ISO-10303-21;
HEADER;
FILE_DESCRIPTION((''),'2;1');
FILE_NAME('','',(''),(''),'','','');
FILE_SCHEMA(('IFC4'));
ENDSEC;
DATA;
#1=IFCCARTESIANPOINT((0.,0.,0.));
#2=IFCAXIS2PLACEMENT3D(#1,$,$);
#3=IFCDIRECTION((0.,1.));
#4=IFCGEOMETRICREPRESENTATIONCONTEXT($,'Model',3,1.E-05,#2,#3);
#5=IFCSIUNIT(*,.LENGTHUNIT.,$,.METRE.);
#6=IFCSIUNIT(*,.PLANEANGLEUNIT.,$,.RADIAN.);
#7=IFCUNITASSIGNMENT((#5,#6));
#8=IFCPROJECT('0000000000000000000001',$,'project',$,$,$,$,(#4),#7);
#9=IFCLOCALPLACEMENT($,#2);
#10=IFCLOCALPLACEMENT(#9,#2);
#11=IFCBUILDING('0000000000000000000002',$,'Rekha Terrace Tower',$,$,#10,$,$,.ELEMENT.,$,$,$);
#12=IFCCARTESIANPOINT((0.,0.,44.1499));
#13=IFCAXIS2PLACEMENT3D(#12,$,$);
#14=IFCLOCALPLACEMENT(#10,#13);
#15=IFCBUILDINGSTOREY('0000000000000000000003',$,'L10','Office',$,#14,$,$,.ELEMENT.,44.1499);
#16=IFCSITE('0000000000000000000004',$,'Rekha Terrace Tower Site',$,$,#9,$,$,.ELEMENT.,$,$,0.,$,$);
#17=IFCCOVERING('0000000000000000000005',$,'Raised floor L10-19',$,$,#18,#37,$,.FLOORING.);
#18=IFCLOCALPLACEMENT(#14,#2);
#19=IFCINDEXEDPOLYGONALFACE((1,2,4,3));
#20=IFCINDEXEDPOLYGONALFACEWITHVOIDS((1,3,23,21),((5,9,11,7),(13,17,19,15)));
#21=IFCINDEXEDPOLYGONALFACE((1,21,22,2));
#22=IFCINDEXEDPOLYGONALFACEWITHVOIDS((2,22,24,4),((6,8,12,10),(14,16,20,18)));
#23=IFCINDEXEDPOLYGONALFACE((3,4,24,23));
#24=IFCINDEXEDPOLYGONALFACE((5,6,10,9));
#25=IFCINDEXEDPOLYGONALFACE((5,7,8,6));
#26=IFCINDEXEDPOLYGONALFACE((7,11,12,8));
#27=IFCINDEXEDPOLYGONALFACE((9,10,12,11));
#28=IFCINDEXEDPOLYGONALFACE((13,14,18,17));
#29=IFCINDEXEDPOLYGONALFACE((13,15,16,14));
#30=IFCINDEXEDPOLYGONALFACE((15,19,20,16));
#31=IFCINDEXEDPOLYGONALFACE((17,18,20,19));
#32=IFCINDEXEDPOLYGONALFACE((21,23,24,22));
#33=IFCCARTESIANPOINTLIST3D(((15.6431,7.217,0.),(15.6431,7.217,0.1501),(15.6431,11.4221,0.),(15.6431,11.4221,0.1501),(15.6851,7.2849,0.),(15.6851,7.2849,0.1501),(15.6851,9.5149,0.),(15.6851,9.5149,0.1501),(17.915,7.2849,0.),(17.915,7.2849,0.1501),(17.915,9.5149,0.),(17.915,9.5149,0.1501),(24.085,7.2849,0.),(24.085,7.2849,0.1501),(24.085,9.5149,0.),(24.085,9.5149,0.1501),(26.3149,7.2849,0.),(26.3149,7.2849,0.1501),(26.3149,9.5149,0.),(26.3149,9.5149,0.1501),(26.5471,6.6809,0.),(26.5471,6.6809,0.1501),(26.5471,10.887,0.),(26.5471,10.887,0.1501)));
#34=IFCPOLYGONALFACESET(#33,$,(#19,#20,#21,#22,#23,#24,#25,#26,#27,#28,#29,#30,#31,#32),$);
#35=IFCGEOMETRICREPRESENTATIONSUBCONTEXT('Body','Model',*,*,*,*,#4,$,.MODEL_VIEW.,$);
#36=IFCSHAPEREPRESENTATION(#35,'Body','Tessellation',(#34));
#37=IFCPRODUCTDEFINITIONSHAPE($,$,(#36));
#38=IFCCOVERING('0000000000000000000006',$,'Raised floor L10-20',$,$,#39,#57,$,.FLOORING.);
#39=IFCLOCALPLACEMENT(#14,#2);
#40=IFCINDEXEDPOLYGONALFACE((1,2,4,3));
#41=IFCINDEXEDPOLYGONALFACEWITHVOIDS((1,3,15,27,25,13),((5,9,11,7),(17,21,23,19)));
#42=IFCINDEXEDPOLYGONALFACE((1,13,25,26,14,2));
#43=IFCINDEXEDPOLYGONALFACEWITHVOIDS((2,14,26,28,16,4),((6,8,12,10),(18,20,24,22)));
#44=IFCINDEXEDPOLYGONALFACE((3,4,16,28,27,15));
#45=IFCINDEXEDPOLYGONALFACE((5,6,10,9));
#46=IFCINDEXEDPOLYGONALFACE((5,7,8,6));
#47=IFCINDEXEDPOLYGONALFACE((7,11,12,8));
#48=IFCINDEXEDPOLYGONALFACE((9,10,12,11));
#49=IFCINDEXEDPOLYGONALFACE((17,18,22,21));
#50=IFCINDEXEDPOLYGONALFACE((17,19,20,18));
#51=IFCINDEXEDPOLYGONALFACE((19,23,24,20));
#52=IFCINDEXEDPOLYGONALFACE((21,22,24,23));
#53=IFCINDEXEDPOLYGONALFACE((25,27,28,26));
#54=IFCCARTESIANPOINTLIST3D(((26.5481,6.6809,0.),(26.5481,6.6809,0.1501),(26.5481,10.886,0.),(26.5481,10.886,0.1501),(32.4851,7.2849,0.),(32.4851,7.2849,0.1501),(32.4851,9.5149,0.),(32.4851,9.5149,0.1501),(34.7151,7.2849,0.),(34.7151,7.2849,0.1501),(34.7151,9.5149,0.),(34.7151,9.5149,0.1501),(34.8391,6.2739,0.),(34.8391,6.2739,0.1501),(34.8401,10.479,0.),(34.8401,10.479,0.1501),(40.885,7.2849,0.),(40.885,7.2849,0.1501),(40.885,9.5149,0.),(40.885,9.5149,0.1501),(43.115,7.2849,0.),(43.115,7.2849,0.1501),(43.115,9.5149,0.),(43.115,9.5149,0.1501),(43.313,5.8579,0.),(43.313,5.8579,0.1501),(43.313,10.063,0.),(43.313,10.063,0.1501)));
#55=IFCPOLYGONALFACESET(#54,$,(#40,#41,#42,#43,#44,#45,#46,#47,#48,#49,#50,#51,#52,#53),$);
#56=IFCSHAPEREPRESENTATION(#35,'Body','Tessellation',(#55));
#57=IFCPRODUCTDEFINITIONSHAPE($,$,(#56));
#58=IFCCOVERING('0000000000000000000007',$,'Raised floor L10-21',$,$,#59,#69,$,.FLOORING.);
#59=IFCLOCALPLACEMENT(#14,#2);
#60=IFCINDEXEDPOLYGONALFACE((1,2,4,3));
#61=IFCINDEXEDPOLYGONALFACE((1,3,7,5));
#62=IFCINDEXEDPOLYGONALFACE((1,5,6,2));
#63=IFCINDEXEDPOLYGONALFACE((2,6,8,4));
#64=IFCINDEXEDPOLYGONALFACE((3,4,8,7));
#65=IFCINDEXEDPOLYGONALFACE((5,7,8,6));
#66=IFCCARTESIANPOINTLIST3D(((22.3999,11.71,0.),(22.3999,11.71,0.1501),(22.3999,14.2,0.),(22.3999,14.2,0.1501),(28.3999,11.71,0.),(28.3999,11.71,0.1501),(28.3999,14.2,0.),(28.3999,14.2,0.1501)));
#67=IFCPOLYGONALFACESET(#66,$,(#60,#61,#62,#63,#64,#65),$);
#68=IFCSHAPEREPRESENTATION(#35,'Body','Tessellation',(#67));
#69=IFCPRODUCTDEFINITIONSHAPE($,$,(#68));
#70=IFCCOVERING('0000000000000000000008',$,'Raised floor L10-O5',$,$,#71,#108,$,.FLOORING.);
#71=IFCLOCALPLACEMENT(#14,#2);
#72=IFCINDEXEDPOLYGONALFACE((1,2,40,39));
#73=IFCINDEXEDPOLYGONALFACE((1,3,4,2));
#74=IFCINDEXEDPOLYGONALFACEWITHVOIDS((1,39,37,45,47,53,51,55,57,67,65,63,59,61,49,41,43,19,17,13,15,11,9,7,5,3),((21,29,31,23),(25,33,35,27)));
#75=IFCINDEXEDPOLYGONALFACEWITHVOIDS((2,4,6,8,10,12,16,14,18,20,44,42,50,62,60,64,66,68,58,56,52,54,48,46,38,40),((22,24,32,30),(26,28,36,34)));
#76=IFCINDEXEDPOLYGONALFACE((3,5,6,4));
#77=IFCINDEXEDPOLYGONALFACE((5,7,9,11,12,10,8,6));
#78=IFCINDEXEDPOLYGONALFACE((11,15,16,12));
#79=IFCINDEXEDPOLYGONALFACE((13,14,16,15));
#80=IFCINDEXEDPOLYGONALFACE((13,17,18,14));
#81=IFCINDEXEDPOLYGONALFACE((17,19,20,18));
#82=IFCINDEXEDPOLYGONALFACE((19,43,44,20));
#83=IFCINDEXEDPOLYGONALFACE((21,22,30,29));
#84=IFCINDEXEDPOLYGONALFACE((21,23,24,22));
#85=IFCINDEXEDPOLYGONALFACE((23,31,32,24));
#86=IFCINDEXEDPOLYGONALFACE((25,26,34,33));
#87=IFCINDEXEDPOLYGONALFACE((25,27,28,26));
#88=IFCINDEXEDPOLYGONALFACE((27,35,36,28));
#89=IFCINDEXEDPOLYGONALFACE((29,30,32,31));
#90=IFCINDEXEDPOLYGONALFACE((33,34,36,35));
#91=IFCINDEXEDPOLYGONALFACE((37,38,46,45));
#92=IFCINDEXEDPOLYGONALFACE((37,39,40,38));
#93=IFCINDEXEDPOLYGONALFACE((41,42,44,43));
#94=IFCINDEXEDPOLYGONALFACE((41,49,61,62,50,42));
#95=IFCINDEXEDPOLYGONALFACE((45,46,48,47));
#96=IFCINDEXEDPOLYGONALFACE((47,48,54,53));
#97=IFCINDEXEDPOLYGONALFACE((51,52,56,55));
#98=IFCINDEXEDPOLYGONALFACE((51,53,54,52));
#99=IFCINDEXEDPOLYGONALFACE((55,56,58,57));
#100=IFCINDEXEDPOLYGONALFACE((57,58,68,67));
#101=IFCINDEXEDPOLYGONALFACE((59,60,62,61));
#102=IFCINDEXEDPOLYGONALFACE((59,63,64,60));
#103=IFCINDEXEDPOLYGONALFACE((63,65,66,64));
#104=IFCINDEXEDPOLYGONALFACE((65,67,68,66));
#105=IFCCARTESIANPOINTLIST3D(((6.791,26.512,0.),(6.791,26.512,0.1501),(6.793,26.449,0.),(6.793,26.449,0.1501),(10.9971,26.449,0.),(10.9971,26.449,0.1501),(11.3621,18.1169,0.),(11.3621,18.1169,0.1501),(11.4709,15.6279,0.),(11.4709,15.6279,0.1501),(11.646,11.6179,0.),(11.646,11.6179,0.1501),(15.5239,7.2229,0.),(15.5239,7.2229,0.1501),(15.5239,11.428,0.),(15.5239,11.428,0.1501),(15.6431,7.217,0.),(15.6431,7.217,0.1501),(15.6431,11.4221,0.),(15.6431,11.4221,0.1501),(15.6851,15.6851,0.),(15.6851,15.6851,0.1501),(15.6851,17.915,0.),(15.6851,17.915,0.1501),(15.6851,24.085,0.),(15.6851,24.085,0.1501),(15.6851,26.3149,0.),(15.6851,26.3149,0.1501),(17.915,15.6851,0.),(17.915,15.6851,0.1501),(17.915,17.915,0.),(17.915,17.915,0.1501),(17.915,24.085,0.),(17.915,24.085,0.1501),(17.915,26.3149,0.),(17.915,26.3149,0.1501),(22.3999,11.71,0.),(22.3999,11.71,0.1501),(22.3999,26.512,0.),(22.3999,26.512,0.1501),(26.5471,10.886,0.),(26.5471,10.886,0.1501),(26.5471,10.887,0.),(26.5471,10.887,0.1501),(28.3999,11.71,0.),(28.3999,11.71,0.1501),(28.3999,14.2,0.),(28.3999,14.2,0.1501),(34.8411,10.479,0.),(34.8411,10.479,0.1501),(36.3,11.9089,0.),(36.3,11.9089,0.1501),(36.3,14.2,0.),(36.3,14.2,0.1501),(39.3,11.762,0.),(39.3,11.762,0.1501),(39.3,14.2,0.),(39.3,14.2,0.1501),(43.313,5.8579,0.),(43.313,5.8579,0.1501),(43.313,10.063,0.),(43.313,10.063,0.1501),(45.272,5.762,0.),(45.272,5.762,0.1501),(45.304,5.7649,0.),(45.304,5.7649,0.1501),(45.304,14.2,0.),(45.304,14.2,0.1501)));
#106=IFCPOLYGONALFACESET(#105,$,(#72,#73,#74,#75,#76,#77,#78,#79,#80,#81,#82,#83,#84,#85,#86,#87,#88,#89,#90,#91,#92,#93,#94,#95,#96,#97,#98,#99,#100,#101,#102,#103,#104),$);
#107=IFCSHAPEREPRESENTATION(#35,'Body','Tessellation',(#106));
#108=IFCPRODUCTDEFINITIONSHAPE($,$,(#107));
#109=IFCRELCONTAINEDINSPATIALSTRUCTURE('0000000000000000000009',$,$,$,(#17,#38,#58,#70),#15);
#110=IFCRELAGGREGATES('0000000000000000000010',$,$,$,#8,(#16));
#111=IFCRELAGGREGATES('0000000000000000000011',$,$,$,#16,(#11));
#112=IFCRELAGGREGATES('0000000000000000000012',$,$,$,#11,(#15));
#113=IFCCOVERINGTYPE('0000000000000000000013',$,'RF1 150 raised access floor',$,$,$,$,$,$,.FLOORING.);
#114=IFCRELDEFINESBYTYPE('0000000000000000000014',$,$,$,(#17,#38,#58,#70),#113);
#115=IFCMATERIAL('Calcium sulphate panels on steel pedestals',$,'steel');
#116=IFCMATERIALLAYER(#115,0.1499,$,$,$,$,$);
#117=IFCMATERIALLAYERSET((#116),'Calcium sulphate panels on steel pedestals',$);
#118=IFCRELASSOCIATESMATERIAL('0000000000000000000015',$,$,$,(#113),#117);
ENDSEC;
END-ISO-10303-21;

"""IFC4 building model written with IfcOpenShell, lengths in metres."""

from ifc_helpers import new_model, si_unit, direction, frame, origin, place, context, subcontext, project, spatial, polyline, outline, extrude, material, layer, layer_set, type_object, element, save


model = new_model("IFC4")

# Units and contexts
model_context = context("Model", 3, precision=1e-05, world=origin(), true_north=direction((0.0, 1.0)))
body_context = subcontext(model_context, "Body", "Model", "MODEL_VIEW")
ifc_project = project(units=[si_unit("LENGTHUNIT", "METRE"), si_unit("PLANEANGLEUNIT", "RADIAN")], contexts=[model_context])

# Site, building, storey
site_placement = place(None, origin())
site = spatial("IfcSite", under=ifc_project, at=site_placement, Name="Rekha Terrace Tower Site", CompositionType="ELEMENT", RefElevation=0.0)
building_placement = place(site_placement, origin())
building = spatial("IfcBuilding", under=site, at=building_placement, Name="Rekha Terrace Tower", CompositionType="ELEMENT")
storey_placement = place(building_placement, frame((0.0, 0.0, 44.1499)))
storey = spatial("IfcBuildingStorey", under=building, at=storey_placement, Name="L10", Description="Office", CompositionType="ELEMENT", Elevation=44.1499)

# Coverings
ifc_material_1 = material(Name="Calcium sulphate panels on steel pedestals", Category="steel")
ifc_layer_1 = layer(ifc_material_1, 0.1499)
ifc_layer_set_1 = layer_set([ifc_layer_1], Name="Calcium sulphate panels on steel pedestals")
covering_type_1 = type_object("IfcCoveringType", Name="RF1 150 raised access floor", PredefinedType="FLOORING", material=ifc_layer_set_1)
covering_1_placement = place(storey_placement, origin())
element("IfcCovering", 1, at=covering_1_placement, inside=storey, type_object=covering_type_1, Name="Raised floor L10-19", PredefinedType="FLOORING", context=body_context, shape_type="SweptSolid", body=[
    extrude(outline(polyline([(26.5471, 6.6809), (26.5471, 10.887), (15.6431, 11.4221), (15.6431, 7.217), (26.5471, 6.6809)]), holes=[polyline([(26.3149, 9.5149), (26.3149, 7.2849), (24.085, 7.2849), (24.085, 9.5149), (26.3149, 9.5149)]), polyline([(17.915, 7.2849), (15.6851, 7.2849), (15.6851, 9.5149), (17.915, 9.5149), (17.915, 7.2849)])]), origin(), (0.0, 0.0, 1.0), 0.1501),
])
covering_2_placement = place(storey_placement, origin())
element("IfcCovering", 2, at=covering_2_placement, inside=storey, type_object=covering_type_1, Name="Raised floor L10-20", PredefinedType="FLOORING", context=body_context, shape_type="SweptSolid", body=[
    extrude(outline(polyline([(43.313, 10.063), (34.8401, 10.479), (26.5481, 10.886), (26.5481, 6.6809), (34.8391, 6.2739), (43.313, 5.8579), (43.313, 10.063)]), holes=[polyline([(43.115, 7.2849), (40.885, 7.2849), (40.885, 9.5149), (43.115, 9.5149), (43.115, 7.2849)]), polyline([(34.7151, 7.2849), (32.4851, 7.2849), (32.4851, 9.5149), (34.7151, 9.5149), (34.7151, 7.2849)])]), origin(), (0.0, 0.0, 1.0), 0.1501),
])
covering_3_placement = place(storey_placement, origin())
element("IfcCovering", 3, at=covering_3_placement, inside=storey, type_object=covering_type_1, Name="Raised floor L10-21", PredefinedType="FLOORING", context=body_context, shape_type="SweptSolid", body=[
    extrude(outline(polyline([(22.3999, 14.2), (22.3999, 11.71), (28.3999, 11.71), (28.3999, 14.2), (22.3999, 14.2)])), origin(), (0.0, 0.0, 1.0), 0.1501),
])
covering_4_placement = place(storey_placement, origin())
element("IfcCovering", 4, at=covering_4_placement, inside=storey, type_object=covering_type_1, Name="Raised floor L10-O5", PredefinedType="FLOORING", context=body_context, shape_type="SweptSolid", body=[
    extrude(outline(polyline([(10.9971, 26.449), (11.3621, 18.1169), (11.4709, 15.6279), (11.646, 11.6179), (15.5239, 11.428), (15.5239, 7.2229), (15.6431, 7.217), (15.6431, 11.4221), (26.5471, 10.887), (26.5471, 10.886), (34.8411, 10.479), (43.313, 10.063), (43.313, 5.8579), (45.272, 5.762), (45.304, 5.7649), (45.304, 14.2), (39.3, 14.2), (39.3, 11.762), (36.3, 11.9089), (36.3, 14.2), (28.3999, 14.2), (28.3999, 11.71), (22.3999, 11.71), (22.3999, 26.512), (6.791, 26.512), (6.793, 26.449), (10.9971, 26.449)]), holes=[polyline([(17.915, 15.6851), (15.6851, 15.6851), (15.6851, 17.915), (17.915, 17.915), (17.915, 15.6851)]), polyline([(17.915, 24.085), (15.6851, 24.085), (15.6851, 26.3149), (17.915, 26.3149), (17.915, 24.085)])]), origin(), (0.0, 0.0, 1.0), 0.1501),
])

save(model, "model.ifc")
